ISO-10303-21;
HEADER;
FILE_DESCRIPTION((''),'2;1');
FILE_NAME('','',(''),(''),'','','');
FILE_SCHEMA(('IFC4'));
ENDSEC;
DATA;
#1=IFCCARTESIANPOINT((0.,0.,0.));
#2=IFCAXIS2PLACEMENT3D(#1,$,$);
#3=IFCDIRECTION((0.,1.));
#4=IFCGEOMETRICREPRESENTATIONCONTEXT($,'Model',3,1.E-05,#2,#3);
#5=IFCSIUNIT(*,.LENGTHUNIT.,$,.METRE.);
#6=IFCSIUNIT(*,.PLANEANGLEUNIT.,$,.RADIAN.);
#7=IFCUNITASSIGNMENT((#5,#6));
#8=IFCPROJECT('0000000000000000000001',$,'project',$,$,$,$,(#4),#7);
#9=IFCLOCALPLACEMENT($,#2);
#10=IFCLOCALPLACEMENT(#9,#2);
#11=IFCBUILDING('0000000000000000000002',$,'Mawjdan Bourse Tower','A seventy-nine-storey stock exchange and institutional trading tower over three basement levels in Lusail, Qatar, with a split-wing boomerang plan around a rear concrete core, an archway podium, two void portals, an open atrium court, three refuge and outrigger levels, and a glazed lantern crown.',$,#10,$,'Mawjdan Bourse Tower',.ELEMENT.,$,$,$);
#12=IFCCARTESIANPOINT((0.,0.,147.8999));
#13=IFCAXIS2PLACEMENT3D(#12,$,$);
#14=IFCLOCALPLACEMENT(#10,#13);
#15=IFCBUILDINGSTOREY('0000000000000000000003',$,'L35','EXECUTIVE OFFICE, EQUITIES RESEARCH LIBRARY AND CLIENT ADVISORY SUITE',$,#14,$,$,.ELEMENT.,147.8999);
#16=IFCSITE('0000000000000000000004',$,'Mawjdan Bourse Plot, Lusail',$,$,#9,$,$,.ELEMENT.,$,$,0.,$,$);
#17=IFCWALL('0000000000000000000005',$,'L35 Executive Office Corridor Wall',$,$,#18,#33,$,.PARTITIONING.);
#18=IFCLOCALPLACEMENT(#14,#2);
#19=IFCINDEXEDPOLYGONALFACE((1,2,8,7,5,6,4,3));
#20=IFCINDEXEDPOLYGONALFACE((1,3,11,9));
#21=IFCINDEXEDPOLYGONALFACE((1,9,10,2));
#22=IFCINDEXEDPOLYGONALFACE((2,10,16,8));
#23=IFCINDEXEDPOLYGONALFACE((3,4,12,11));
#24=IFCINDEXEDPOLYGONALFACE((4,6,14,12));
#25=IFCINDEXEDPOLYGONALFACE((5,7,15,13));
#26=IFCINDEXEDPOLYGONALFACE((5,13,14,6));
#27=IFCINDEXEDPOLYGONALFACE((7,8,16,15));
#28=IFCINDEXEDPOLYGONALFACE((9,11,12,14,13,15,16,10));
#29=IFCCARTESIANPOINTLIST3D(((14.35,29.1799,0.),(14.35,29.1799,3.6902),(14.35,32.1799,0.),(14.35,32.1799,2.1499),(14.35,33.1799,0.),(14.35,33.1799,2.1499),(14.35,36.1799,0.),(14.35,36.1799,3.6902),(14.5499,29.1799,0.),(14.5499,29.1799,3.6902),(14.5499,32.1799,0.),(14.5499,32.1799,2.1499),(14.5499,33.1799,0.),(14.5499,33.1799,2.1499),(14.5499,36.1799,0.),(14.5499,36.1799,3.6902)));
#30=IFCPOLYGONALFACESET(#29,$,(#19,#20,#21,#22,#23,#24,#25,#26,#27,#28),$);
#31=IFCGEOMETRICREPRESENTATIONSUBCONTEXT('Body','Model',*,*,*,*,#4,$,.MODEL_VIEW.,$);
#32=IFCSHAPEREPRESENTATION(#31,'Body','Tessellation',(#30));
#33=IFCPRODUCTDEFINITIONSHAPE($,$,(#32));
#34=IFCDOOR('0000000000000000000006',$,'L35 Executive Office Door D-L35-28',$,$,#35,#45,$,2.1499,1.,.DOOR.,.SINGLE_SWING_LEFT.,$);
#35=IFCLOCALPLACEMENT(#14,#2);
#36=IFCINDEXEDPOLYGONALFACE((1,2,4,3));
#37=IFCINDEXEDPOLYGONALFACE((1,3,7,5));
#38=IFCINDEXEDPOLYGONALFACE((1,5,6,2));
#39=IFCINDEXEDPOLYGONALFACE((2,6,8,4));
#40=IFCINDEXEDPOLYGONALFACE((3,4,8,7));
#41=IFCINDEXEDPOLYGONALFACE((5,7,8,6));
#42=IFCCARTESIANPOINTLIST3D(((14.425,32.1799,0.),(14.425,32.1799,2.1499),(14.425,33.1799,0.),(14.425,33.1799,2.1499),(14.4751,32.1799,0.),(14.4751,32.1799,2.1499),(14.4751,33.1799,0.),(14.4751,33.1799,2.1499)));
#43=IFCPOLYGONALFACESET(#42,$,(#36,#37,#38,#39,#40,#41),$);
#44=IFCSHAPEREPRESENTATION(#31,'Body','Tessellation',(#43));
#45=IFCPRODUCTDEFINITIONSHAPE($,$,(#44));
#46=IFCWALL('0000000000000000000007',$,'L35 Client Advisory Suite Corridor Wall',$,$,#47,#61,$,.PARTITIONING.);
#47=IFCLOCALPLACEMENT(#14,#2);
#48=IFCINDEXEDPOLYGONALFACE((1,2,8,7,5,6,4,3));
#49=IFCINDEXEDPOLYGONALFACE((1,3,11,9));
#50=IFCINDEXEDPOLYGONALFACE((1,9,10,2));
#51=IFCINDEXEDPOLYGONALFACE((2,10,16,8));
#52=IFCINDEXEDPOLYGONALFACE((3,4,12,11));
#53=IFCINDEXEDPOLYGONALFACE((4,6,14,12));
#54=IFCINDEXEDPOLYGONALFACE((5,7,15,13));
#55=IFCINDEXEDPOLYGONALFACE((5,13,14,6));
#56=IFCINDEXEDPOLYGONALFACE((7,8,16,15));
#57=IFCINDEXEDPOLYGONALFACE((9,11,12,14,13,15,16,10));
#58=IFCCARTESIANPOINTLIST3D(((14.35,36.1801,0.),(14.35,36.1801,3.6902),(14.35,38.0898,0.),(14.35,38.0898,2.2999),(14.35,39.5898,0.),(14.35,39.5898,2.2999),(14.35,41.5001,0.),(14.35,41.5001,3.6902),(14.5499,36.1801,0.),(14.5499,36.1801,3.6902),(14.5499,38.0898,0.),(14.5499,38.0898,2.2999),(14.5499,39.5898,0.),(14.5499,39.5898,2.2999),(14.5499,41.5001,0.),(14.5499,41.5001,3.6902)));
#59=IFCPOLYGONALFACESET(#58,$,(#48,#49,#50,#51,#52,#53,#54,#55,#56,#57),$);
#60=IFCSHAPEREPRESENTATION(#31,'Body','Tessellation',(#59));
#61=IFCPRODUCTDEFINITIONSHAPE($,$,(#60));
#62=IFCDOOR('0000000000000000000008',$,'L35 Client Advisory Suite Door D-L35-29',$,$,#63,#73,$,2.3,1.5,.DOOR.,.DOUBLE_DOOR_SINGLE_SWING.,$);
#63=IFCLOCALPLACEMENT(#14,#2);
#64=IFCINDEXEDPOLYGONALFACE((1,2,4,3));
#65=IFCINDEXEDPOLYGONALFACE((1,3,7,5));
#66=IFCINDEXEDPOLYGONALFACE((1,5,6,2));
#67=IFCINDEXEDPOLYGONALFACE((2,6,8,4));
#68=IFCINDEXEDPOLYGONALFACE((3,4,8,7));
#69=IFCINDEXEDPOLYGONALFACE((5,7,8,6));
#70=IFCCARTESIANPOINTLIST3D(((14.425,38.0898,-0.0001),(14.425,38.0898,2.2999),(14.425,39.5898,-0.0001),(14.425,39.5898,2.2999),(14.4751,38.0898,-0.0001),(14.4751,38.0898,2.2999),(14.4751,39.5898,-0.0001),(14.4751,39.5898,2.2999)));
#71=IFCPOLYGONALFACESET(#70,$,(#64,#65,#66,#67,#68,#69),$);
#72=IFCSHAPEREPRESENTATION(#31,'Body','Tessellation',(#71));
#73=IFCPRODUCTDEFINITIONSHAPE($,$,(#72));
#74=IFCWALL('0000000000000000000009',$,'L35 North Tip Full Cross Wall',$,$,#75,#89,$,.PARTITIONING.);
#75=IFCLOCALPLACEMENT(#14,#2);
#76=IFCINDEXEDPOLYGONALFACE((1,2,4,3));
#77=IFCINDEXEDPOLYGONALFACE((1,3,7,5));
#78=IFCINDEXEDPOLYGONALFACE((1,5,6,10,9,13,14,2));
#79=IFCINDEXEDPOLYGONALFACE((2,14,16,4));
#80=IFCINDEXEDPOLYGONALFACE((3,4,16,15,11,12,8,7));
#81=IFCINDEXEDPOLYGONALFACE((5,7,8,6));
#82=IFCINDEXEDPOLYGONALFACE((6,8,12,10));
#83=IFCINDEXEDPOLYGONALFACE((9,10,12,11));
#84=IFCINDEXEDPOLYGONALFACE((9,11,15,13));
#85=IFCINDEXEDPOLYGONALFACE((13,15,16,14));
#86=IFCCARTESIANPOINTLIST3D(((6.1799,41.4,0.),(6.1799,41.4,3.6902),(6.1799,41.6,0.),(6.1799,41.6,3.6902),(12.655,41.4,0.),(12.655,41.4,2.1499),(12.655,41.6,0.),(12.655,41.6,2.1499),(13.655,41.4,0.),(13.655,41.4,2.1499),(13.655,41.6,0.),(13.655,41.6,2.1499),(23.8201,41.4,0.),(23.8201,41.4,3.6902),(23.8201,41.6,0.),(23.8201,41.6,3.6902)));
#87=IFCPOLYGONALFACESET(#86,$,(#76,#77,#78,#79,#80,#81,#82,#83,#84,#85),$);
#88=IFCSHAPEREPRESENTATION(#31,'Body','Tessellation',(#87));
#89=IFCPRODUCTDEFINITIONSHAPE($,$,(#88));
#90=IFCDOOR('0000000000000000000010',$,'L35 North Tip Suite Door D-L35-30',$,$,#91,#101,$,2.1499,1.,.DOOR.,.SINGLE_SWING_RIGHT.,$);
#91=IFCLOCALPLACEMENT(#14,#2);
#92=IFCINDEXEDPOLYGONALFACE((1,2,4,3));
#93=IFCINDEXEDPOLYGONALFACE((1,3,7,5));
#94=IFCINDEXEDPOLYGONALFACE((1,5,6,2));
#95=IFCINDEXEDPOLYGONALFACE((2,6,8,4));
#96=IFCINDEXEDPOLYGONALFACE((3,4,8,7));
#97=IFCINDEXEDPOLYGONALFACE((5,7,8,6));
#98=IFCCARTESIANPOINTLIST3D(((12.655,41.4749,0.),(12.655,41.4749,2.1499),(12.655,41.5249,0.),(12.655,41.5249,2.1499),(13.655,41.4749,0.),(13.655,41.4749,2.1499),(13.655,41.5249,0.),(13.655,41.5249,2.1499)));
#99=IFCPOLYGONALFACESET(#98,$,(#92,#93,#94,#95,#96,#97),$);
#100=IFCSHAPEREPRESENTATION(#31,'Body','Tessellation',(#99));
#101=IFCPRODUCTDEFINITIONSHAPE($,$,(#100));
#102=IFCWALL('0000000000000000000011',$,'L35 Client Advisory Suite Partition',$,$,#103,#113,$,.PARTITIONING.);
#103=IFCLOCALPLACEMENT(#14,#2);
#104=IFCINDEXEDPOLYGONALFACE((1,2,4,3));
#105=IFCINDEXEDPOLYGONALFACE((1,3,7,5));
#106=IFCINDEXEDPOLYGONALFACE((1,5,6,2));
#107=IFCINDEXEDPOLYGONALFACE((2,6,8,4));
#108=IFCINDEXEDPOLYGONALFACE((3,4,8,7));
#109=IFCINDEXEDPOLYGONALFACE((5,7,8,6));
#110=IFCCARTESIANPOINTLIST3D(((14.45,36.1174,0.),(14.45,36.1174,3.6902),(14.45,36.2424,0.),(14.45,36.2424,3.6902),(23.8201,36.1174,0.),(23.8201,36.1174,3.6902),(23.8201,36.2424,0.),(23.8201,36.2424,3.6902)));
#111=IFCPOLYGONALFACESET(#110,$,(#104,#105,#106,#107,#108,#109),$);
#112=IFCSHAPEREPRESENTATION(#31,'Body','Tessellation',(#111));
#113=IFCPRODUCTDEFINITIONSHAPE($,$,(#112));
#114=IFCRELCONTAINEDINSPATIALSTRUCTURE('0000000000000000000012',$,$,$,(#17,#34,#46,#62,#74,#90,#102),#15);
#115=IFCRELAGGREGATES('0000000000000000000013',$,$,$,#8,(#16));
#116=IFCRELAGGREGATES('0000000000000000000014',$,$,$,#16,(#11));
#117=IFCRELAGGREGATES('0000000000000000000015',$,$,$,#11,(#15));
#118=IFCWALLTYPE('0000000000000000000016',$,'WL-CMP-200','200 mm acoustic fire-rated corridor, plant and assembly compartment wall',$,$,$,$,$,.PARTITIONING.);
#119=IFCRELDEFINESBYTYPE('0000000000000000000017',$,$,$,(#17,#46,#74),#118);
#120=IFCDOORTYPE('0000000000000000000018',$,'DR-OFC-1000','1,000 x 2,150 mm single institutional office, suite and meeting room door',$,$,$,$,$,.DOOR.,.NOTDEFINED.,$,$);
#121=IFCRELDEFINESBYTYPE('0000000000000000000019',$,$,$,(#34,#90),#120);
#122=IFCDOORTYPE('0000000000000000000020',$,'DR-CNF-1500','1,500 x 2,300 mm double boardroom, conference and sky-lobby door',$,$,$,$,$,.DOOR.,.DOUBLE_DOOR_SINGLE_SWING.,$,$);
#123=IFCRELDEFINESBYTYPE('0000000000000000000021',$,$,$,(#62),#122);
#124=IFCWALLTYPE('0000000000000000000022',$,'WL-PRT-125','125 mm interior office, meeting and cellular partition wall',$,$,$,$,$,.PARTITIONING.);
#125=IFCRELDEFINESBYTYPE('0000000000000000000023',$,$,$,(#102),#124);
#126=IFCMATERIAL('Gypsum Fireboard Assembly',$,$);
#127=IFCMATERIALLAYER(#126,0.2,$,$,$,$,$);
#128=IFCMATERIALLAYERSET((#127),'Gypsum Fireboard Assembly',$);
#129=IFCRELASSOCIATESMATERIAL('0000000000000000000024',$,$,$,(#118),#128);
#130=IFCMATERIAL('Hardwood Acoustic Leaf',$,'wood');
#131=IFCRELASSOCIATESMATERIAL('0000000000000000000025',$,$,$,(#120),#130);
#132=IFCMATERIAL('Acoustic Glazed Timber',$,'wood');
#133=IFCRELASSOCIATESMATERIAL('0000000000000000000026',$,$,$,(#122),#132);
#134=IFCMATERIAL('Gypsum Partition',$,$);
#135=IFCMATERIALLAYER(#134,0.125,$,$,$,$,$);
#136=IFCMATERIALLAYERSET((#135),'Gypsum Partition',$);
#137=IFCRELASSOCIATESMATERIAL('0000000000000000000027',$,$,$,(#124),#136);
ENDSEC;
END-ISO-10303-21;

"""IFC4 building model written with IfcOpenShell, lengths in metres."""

from ifc_helpers import new_model, si_unit, direction, frame, frame_2d, origin, place, context, subcontext, project, spatial, rectangle, extrude, material, layer, layer_set, type_object, element, fill, save


model = new_model("IFC4")

# Units and contexts
model_context = context("Model", 3, precision=1e-05, world=origin(), true_north=direction((0.0, 1.0)))
body_context = subcontext(model_context, "Body", "Model", "MODEL_VIEW")
ifc_project = project(units=[si_unit("LENGTHUNIT", "METRE"), si_unit("PLANEANGLEUNIT", "RADIAN")], contexts=[model_context])

# Site, building, storey
site_placement = place(None, origin())
site = spatial("IfcSite", under=ifc_project, at=site_placement, Name="Mawjdan Bourse Plot, Lusail", CompositionType="ELEMENT", RefElevation=0.0)
building_placement = place(site_placement, origin())
building = spatial("IfcBuilding", under=site, at=building_placement, Name="Mawjdan Bourse Tower", Description="A seventy-nine-storey stock exchange and institutional trading tower over three basement levels in Lusail, Qatar, with a split-wing boomerang plan around a rear concrete core, an archway podium, two void portals, an open atrium court, three refuge and outrigger levels, and a glazed lantern crown.", LongName="Mawjdan Bourse Tower", CompositionType="ELEMENT")
storey_placement = place(building_placement, frame((0.0, 0.0, 147.8999)))
storey = spatial("IfcBuildingStorey", under=building, at=storey_placement, Name="L35", Description="EXECUTIVE OFFICE, EQUITIES RESEARCH LIBRARY AND CLIENT ADVISORY SUITE", CompositionType="ELEMENT", Elevation=147.8999)

# Shared definitions
ifc_material_1 = material(Name="Gypsum Fireboard Assembly")
ifc_layer_1 = layer(ifc_material_1, 0.2)
ifc_layer_set_1 = layer_set([ifc_layer_1], Name="Gypsum Fireboard Assembly")
wall_type_1 = type_object("IfcWallType", Name="WL-CMP-200", Description="200 mm acoustic fire-rated corridor, plant and assembly compartment wall", PredefinedType="PARTITIONING", material=ifc_layer_set_1)

# Walls, openings, doors
ifc_material_2 = material(Name="Hardwood Acoustic Leaf", Category="wood")
door_type_1 = type_object("IfcDoorType", Name="DR-OFC-1000", Description="1,000 x 2,150 mm single institutional office, suite and meeting room door", OperationType="NOTDEFINED", PredefinedType="DOOR", material=ifc_material_2)
wall_1_placement = place(storey_placement, frame((14.45, 29.1799, 0.0), z_axis=(0.0, 0.0, 1.0), x_axis=(0.0, 1.0, 0.0)))
wall_1 = element("IfcWall", 1, at=wall_1_placement, inside=storey, type_object=wall_type_1, Name="L35 Executive Office Corridor Wall", PredefinedType="PARTITIONING", context=body_context, shape_type="SweptSolid", body=[
    extrude(rectangle(XDim=7.0, YDim=0.2, at=frame_2d((3.5, 0.0))), origin(), (0.0, 0.0, 1.0), 3.6902),
])
opening_1_placement = place(wall_1_placement, frame((3.0, 0.0, 0.0)))
opening_1 = element("IfcOpeningElement", 2, at=opening_1_placement, cuts=wall_1, PredefinedType="OPENING", context=body_context, shape_type="SweptSolid", body=[
    extrude(rectangle(XDim=1.0, YDim=2.1499, at=frame_2d((0.5, 1.075))), frame((0.0, 0.1099, 0.0), z_axis=(0.0, -1.0, 0.0), x_axis=(1.0, 0.0, 0.0)), (0.0, 0.0, 1.0), 0.22),
])
door_1_placement = place(opening_1_placement, origin())
door_1 = element("IfcDoor", 3, at=door_1_placement, inside=storey, type_object=door_type_1, Name="L35 Executive Office Door D-L35-28", OperationType="SINGLE_SWING_LEFT", OverallHeight=2.1499, OverallWidth=1.0, PredefinedType="DOOR", context=body_context, shape_type="SweptSolid", body=[
    extrude(rectangle(XDim=1.0, YDim=2.1499, at=frame_2d((0.5, 1.075))), frame((0.0, 0.0249, 0.0), z_axis=(0.0, -1.0, 0.0), x_axis=(1.0, 0.0, 0.0)), (0.0, 0.0, 1.0), 0.05),
])
fill(opening_1, door_1)
wall_2_placement = place(storey_placement, frame((14.45, 36.1799, 0.0), z_axis=(0.0, 0.0, 1.0), x_axis=(0.0, 1.0, 0.0)))
wall_2 = element("IfcWall", 4, at=wall_2_placement, inside=storey, type_object=wall_type_1, Name="L35 Client Advisory Suite Corridor Wall", PredefinedType="PARTITIONING", context=body_context, shape_type="SweptSolid", body=[
    extrude(rectangle(XDim=5.3201, YDim=0.2, at=frame_2d((2.6602, 0.0))), origin(), (0.0, 0.0, 1.0), 3.6902),
])
opening_2_placement = place(wall_2_placement, frame((1.9099, 0.0, 0.0)))
opening_2 = element("IfcOpeningElement", 5, at=opening_2_placement, cuts=wall_2, PredefinedType="OPENING", context=body_context, shape_type="SweptSolid", body=[
    extrude(rectangle(XDim=1.5, YDim=2.3, at=frame_2d((0.75, 1.1499))), frame((0.0, 0.1099, 0.0), z_axis=(0.0, -1.0, 0.0), x_axis=(1.0, 0.0, 0.0)), (0.0, 0.0, 1.0), 0.22),
])
ifc_material_3 = material(Name="Acoustic Glazed Timber", Category="wood")
door_type_2 = type_object("IfcDoorType", Name="DR-CNF-1500", Description="1,500 x 2,300 mm double boardroom, conference and sky-lobby door", OperationType="DOUBLE_DOOR_SINGLE_SWING", PredefinedType="DOOR", material=ifc_material_3)
door_2_placement = place(opening_2_placement, origin())
door_2 = element("IfcDoor", 6, at=door_2_placement, inside=storey, type_object=door_type_2, Name="L35 Client Advisory Suite Door D-L35-29", OperationType="DOUBLE_DOOR_SINGLE_SWING", OverallHeight=2.3, OverallWidth=1.5, PredefinedType="DOOR", context=body_context, shape_type="SweptSolid", body=[
    extrude(rectangle(XDim=1.5, YDim=2.3, at=frame_2d((0.75, 1.1499))), frame((0.0, 0.0249, 0.0), z_axis=(0.0, -1.0, 0.0), x_axis=(1.0, 0.0, 0.0)), (0.0, 0.0, 1.0), 0.05),
])
fill(opening_2, door_2)
wall_3_placement = place(storey_placement, frame((6.1799, 41.5, 0.0), z_axis=(0.0, 0.0, 1.0), x_axis=(1.0, 0.0, 0.0)))
wall_3 = element("IfcWall", 7, at=wall_3_placement, inside=storey, type_object=wall_type_1, Name="L35 North Tip Full Cross Wall", PredefinedType="PARTITIONING", context=body_context, shape_type="SweptSolid", body=[
    extrude(rectangle(XDim=17.6401, YDim=0.2, at=frame_2d((8.8201, 0.0))), origin(), (0.0, 0.0, 1.0), 3.6902),
])
opening_3_placement = place(wall_3_placement, frame((6.4751, 0.0, 0.0)))
opening_3 = element("IfcOpeningElement", 8, at=opening_3_placement, cuts=wall_3, PredefinedType="OPENING", context=body_context, shape_type="SweptSolid", body=[
    extrude(rectangle(XDim=1.0, YDim=2.1499, at=frame_2d((0.5, 1.075))), frame((0.0, 0.1099, 0.0), z_axis=(0.0, -1.0, 0.0), x_axis=(1.0, 0.0, 0.0)), (0.0, 0.0, 1.0), 0.22),
])
door_3_placement = place(opening_3_placement, origin())
door_3 = element("IfcDoor", 9, at=door_3_placement, inside=storey, type_object=door_type_1, Name="L35 North Tip Suite Door D-L35-30", OperationType="SINGLE_SWING_RIGHT", OverallHeight=2.1499, OverallWidth=1.0, PredefinedType="DOOR", context=body_context, shape_type="SweptSolid", body=[
    extrude(rectangle(XDim=1.0, YDim=2.1499, at=frame_2d((0.5, 1.075))), frame((0.0, 0.0249, 0.0), z_axis=(0.0, -1.0, 0.0), x_axis=(1.0, 0.0, 0.0)), (0.0, 0.0, 1.0), 0.05),
])
fill(opening_3, door_3)

# Wall
ifc_material_4 = material(Name="Gypsum Partition")
ifc_layer_2 = layer(ifc_material_4, 0.125)
ifc_layer_set_2 = layer_set([ifc_layer_2], Name="Gypsum Partition")
wall_type_2 = type_object("IfcWallType", Name="WL-PRT-125", Description="125 mm interior office, meeting and cellular partition wall", PredefinedType="PARTITIONING", material=ifc_layer_set_2)
wall_4_placement = place(storey_placement, frame((14.45, 36.1799, 0.0), z_axis=(0.0, 0.0, 1.0), x_axis=(1.0, 0.0, 0.0)))
element("IfcWall", 10, at=wall_4_placement, inside=storey, type_object=wall_type_2, Name="L35 Client Advisory Suite Partition", PredefinedType="PARTITIONING", context=body_context, shape_type="SweptSolid", body=[
    extrude(rectangle(XDim=9.3701, YDim=0.125, at=frame_2d((4.6851, 0.0))), origin(), (0.0, 0.0, 1.0), 3.6902),
])

save(model, "model.ifc")
